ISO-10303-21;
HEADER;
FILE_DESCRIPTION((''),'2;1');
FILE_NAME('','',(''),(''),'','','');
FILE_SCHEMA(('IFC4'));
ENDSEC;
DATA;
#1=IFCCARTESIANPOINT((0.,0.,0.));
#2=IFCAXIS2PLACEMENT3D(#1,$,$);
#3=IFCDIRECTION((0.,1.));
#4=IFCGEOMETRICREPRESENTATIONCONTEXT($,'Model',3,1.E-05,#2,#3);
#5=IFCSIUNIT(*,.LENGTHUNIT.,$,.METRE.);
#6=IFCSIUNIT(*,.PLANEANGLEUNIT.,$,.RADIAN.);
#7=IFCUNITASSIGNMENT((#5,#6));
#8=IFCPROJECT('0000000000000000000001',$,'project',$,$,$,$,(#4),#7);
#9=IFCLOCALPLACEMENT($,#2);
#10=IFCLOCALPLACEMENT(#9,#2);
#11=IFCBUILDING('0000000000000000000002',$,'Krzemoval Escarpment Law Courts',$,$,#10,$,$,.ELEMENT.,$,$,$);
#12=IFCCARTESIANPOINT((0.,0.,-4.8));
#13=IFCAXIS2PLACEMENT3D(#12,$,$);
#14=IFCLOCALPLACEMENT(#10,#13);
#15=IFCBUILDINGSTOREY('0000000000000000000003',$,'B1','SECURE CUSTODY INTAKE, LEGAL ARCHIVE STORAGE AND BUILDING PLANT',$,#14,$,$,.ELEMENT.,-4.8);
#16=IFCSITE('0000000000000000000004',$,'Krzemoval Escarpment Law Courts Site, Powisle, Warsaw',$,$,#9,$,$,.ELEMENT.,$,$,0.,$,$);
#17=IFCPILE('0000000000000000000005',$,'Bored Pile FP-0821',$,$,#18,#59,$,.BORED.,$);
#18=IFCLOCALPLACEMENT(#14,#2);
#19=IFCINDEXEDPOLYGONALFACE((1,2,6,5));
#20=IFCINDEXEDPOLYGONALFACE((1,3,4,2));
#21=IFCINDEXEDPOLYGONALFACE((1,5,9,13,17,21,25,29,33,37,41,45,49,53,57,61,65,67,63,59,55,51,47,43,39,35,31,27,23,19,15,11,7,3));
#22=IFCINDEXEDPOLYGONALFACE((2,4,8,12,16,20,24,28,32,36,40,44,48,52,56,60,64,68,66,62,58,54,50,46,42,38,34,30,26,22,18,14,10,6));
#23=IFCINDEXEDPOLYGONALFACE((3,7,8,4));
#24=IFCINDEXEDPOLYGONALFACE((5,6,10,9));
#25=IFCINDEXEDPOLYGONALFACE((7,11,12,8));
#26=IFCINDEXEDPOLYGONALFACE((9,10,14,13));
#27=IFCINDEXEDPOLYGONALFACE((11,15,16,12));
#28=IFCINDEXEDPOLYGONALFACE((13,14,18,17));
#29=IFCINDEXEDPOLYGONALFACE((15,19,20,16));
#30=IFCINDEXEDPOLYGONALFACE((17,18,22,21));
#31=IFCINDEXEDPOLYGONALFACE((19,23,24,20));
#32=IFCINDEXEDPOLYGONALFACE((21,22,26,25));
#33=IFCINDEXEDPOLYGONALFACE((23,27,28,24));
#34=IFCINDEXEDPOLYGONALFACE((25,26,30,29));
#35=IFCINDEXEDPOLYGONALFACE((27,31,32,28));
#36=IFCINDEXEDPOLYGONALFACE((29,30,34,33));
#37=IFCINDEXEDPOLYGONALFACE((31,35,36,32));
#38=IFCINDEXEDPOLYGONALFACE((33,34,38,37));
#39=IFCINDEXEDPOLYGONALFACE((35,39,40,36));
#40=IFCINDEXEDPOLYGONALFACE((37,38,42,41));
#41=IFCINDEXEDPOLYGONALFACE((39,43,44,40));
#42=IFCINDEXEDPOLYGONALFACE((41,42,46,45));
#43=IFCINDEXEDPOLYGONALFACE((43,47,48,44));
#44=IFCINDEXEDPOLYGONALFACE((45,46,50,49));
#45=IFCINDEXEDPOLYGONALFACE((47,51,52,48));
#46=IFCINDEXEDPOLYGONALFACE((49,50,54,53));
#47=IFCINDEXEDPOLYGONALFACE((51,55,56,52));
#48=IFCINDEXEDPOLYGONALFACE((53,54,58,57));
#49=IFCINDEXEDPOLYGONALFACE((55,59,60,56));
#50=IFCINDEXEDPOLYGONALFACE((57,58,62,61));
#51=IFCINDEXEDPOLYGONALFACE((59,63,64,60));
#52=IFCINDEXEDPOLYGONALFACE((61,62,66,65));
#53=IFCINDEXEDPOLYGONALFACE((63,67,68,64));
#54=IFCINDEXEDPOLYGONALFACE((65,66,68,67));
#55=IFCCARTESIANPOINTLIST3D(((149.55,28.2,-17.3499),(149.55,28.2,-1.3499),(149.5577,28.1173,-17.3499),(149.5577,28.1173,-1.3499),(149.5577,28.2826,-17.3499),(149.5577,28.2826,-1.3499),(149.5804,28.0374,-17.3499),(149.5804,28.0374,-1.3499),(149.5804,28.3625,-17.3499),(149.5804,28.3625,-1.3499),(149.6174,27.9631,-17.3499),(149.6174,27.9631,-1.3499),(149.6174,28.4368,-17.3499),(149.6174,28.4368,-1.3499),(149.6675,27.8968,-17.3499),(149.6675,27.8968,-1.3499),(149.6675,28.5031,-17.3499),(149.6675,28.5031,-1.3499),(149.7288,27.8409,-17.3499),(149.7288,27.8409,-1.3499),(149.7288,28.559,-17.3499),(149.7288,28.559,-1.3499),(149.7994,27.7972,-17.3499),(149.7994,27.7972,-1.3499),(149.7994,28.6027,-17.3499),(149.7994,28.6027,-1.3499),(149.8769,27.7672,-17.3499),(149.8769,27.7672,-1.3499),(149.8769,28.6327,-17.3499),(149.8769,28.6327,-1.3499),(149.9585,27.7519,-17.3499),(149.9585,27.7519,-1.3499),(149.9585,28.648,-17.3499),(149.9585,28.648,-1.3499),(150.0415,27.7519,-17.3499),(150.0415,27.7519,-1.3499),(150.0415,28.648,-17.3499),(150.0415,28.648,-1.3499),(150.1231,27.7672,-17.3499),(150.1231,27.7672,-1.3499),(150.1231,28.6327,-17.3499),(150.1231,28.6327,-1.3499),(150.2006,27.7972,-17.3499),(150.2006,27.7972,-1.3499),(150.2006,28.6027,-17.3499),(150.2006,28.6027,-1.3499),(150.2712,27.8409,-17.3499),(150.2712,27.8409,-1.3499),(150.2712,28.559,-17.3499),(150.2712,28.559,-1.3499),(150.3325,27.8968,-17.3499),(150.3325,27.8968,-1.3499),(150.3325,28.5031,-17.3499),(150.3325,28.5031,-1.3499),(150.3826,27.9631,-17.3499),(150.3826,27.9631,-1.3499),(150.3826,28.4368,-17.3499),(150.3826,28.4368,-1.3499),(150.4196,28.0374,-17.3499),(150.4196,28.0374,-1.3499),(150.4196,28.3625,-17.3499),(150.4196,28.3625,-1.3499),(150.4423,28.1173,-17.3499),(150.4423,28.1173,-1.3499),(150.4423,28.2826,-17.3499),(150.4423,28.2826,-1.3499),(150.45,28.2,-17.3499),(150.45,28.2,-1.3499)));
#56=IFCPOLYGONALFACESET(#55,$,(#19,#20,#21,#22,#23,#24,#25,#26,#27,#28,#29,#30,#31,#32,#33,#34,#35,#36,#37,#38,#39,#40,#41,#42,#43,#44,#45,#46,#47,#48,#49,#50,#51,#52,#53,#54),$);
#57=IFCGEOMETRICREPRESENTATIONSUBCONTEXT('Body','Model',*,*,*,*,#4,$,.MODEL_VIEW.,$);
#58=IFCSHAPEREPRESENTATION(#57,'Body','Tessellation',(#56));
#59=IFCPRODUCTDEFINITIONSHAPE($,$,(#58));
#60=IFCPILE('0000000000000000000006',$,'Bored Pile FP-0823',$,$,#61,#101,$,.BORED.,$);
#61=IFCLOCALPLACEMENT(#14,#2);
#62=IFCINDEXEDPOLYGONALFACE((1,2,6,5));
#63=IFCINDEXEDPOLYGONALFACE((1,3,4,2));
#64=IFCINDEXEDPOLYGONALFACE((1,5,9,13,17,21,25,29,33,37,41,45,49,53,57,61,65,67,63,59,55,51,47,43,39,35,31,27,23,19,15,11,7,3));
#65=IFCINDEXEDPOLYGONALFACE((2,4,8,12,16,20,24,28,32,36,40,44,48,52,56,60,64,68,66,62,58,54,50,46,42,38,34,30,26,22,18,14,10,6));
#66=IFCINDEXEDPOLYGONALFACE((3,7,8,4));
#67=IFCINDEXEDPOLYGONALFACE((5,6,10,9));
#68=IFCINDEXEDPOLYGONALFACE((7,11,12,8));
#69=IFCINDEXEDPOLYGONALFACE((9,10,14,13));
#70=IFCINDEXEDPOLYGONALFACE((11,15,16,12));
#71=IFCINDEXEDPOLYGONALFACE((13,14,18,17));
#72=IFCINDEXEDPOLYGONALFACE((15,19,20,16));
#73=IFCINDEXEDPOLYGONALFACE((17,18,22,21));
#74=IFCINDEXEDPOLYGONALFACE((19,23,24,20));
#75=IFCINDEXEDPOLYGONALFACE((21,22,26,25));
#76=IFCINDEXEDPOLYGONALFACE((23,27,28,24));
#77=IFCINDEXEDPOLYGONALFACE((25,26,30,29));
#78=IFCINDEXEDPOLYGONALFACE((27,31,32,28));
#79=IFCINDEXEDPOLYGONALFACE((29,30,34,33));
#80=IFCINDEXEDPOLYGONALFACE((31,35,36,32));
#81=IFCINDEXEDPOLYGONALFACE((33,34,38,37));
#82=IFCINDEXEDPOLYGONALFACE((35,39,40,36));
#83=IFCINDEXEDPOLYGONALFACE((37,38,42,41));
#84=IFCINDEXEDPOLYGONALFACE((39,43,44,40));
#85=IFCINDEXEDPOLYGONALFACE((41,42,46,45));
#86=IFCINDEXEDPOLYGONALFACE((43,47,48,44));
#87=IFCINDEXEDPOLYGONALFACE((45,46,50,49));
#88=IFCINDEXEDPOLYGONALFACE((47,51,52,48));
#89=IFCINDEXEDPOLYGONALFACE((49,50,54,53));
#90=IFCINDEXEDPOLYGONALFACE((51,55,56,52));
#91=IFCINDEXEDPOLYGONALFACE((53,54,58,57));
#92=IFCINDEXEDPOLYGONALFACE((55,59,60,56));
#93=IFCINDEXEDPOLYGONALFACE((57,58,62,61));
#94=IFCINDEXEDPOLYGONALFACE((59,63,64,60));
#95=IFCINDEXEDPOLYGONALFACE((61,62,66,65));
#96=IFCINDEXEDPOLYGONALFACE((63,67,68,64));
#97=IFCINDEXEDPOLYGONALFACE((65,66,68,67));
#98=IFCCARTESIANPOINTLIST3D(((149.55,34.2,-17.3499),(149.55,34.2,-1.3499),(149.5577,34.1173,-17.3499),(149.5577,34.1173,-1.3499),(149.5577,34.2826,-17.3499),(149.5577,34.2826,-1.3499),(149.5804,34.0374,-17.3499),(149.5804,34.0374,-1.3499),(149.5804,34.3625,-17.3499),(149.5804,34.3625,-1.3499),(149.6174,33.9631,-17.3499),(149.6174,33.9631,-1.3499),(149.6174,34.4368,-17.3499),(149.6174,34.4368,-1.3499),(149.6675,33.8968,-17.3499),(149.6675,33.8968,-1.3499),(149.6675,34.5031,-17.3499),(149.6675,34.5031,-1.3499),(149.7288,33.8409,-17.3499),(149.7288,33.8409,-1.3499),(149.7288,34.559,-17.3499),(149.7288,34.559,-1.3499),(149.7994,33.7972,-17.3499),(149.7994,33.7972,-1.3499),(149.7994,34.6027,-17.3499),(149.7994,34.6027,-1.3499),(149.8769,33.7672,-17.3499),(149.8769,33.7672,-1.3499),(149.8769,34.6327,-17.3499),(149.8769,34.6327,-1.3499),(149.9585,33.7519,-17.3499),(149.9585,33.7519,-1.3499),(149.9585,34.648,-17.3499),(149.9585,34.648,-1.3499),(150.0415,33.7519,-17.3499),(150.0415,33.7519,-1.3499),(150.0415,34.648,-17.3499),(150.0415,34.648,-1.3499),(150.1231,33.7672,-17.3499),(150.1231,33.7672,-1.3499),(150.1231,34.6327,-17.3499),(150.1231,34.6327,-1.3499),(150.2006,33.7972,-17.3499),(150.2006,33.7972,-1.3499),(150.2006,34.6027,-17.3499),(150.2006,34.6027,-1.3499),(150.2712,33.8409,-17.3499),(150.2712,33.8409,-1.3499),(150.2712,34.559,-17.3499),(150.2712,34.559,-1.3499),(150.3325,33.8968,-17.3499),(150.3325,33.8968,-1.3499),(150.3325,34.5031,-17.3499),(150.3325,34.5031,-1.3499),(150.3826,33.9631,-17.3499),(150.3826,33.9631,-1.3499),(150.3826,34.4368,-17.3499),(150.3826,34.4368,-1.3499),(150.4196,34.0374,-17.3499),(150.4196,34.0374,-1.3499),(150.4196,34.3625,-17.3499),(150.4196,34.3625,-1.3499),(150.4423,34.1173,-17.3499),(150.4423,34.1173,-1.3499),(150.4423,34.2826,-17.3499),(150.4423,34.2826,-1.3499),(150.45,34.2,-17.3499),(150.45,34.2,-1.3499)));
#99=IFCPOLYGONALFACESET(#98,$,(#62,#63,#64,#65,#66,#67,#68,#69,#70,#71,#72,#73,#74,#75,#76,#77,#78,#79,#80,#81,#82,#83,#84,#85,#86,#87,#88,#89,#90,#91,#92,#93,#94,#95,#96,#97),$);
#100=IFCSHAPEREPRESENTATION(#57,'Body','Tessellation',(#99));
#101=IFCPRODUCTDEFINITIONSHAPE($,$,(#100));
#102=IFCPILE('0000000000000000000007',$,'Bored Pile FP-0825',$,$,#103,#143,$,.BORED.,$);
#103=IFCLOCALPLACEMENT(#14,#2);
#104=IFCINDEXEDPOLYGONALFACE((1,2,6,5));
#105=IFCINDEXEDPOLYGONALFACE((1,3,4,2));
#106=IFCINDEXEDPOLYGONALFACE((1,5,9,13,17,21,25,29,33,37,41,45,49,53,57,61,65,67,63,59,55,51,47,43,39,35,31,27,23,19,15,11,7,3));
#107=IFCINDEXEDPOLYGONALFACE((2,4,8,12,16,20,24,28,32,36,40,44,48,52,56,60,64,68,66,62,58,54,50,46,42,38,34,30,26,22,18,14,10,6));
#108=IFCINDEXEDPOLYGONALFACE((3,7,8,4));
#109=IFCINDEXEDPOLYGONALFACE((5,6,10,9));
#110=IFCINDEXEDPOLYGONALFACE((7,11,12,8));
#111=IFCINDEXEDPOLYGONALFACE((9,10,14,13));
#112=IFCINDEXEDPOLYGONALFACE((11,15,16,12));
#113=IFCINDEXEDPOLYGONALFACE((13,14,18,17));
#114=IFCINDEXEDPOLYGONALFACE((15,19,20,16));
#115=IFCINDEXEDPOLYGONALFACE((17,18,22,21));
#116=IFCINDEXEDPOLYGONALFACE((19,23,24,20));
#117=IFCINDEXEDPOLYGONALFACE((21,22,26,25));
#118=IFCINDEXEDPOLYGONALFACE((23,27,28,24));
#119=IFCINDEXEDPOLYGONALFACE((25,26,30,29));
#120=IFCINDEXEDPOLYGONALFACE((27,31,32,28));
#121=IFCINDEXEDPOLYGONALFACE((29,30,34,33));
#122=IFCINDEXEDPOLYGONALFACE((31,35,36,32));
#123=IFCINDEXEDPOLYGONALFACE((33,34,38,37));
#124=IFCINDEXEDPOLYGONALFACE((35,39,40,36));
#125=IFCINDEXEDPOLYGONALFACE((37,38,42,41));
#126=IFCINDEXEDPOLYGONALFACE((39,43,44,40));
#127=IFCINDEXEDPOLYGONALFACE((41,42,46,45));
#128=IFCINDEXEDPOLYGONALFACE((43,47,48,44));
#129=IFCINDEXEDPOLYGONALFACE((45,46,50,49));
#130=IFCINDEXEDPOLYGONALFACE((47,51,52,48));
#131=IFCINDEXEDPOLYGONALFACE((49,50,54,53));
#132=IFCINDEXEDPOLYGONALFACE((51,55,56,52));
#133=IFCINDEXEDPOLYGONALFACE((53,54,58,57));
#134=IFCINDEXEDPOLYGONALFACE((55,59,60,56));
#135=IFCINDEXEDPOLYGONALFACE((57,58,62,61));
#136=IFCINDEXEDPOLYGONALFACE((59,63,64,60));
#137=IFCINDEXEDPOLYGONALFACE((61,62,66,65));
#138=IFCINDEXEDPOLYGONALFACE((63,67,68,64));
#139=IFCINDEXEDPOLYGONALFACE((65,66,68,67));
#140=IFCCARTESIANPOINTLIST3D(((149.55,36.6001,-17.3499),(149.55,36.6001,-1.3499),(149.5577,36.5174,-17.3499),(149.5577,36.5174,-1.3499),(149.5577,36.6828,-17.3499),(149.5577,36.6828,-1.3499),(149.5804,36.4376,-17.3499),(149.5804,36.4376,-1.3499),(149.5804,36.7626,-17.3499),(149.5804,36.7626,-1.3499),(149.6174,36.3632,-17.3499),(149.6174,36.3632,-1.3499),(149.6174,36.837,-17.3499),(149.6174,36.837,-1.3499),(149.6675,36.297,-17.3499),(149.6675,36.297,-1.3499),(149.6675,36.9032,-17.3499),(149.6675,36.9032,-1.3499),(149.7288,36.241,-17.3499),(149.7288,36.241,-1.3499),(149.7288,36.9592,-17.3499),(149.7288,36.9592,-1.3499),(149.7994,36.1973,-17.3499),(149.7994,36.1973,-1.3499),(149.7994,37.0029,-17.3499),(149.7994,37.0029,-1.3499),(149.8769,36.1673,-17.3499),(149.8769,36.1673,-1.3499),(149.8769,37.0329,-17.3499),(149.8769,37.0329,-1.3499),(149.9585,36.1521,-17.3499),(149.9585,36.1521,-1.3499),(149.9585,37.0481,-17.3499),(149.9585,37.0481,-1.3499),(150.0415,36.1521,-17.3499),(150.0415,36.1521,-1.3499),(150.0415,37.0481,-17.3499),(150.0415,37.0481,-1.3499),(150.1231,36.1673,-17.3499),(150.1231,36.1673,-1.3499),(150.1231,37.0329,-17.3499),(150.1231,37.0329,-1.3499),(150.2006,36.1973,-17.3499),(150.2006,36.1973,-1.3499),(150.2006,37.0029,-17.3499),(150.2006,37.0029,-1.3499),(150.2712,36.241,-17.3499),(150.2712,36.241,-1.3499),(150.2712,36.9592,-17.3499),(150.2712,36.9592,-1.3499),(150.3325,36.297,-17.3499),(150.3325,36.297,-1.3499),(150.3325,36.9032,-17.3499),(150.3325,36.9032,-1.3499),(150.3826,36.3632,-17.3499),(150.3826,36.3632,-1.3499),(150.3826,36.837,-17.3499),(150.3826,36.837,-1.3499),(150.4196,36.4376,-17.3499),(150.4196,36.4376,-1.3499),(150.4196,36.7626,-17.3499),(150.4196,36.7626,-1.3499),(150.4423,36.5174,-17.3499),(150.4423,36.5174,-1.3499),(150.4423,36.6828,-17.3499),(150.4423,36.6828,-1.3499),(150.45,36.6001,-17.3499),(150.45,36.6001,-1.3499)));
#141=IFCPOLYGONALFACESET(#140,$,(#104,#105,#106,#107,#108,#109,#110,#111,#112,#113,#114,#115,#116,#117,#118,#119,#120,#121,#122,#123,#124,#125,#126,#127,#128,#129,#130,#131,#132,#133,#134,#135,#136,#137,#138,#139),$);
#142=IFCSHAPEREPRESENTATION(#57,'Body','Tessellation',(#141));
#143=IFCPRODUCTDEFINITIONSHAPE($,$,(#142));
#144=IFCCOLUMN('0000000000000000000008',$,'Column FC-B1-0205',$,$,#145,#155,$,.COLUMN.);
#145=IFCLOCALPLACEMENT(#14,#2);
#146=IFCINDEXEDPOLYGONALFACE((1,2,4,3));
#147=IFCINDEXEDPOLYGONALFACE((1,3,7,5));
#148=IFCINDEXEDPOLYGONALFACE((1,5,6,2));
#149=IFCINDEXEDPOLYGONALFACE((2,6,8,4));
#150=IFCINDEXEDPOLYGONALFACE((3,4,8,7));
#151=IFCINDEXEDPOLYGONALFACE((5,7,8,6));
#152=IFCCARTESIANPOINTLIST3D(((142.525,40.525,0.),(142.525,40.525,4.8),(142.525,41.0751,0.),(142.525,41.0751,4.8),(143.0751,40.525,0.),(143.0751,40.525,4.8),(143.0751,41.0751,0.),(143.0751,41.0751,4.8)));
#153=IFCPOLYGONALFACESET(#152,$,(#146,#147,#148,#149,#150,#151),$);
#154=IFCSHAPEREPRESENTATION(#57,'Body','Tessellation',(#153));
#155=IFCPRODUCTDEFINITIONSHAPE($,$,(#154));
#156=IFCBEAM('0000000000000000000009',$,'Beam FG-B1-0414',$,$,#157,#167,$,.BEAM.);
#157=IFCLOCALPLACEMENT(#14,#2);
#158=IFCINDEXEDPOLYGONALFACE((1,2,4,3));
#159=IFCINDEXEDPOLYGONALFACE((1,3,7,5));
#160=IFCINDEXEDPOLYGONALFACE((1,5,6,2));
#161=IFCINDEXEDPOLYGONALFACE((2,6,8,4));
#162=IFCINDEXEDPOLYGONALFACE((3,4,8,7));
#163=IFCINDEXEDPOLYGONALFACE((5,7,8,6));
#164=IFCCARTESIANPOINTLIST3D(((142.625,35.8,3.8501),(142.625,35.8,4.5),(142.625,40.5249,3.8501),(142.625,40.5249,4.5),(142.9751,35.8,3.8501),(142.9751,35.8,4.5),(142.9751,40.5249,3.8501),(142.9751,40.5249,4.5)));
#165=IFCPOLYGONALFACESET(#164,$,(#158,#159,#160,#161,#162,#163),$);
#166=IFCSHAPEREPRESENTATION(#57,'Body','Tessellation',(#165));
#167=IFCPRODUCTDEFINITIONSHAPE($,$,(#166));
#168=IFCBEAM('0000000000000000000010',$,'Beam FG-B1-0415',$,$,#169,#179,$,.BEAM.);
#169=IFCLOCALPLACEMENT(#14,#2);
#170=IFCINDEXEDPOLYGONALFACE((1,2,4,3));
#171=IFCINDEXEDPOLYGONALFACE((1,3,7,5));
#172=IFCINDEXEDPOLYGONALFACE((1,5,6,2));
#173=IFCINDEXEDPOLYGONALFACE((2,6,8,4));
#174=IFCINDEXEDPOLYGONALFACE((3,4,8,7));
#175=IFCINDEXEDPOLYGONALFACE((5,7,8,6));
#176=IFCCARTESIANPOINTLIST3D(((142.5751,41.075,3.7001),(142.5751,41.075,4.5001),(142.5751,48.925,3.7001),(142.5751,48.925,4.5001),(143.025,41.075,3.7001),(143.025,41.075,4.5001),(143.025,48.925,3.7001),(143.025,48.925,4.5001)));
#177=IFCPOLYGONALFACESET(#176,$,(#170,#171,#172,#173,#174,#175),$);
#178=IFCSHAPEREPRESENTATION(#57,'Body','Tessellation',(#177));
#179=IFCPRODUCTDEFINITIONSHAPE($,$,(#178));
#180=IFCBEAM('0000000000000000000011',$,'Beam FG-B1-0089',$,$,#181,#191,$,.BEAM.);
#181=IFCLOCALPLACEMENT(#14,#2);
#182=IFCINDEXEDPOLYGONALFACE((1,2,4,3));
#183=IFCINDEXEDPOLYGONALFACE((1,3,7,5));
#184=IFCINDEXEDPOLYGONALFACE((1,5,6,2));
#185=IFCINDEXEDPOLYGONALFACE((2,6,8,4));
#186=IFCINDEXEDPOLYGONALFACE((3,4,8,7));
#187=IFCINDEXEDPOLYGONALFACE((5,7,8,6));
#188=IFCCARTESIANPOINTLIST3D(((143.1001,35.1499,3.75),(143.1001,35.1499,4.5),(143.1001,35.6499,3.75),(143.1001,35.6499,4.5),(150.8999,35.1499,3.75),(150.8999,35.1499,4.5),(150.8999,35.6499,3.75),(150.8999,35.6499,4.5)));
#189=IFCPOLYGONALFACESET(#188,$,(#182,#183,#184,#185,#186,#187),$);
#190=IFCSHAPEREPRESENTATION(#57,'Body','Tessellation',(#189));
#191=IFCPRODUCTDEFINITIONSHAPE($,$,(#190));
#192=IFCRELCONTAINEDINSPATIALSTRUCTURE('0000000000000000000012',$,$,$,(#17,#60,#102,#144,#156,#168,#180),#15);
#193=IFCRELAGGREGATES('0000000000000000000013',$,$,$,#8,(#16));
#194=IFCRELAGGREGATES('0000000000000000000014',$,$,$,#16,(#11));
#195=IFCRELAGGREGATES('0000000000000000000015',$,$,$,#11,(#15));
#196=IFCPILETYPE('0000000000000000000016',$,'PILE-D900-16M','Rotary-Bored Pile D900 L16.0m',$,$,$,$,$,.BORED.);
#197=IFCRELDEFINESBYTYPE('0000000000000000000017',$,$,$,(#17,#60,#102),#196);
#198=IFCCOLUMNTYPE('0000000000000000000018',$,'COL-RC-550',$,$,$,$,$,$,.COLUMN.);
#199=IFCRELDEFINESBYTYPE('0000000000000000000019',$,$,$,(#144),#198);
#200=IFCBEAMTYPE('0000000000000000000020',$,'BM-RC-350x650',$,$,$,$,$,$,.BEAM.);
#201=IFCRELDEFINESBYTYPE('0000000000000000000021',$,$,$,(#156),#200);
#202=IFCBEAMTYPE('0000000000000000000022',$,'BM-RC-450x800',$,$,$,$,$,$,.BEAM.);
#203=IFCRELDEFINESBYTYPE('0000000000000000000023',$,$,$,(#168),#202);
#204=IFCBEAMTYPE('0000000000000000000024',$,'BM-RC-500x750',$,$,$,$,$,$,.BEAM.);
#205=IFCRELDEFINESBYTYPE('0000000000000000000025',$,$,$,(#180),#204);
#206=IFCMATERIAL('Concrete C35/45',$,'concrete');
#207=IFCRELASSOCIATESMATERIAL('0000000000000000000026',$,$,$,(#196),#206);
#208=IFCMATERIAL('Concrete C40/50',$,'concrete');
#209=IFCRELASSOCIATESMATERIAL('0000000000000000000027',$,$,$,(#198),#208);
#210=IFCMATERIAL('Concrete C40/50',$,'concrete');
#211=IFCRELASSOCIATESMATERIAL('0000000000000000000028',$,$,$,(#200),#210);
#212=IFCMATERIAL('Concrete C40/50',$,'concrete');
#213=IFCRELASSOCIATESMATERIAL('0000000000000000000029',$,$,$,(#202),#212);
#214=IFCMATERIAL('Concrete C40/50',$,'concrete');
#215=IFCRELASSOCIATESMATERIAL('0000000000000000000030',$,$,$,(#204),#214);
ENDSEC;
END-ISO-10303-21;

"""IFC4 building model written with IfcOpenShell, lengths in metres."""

from ifc_helpers import new_model, si_unit, direction, frame, origin, origin_2d, place, context, subcontext, project, spatial, rectangle, circle, extrude, material, material_profile, profile_set, type_object, element, save


model = new_model("IFC4")

# Units and contexts
model_context = context("Model", 3, precision=1e-05, world=origin(), true_north=direction((0.0, 1.0)))
body_context = subcontext(model_context, "Body", "Model", "MODEL_VIEW")
ifc_project = project(units=[si_unit("LENGTHUNIT", "METRE"), si_unit("PLANEANGLEUNIT", "RADIAN")], contexts=[model_context])

# Site, building, storey
site_placement = place(None, origin())
site = spatial("IfcSite", under=ifc_project, at=site_placement, Name="Krzemoval Escarpment Law Courts Site, Powisle, Warsaw", CompositionType="ELEMENT", RefElevation=0.0)
building_placement = place(site_placement, origin())
building = spatial("IfcBuilding", under=site, at=building_placement, Name="Krzemoval Escarpment Law Courts", CompositionType="ELEMENT")
storey_placement = place(building_placement, frame((0.0, 0.0, -4.8)))
storey = spatial("IfcBuildingStorey", under=building, at=storey_placement, Name="B1", Description="SECURE CUSTODY INTAKE, LEGAL ARCHIVE STORAGE AND BUILDING PLANT", CompositionType="ELEMENT", Elevation=-4.8)

# Piles
ifc_material_1 = material(Name="Concrete C35/45", Category="concrete")
ifc_material_profile_1 = material_profile(ifc_material_1, circle(Radius=0.45, at=origin_2d()), Name="PILE D900")
ifc_profile_set_1 = profile_set([ifc_material_profile_1], Name="Concrete C35/45")
pile_type_1 = type_object("IfcPileType", Name="PILE-D900-16M", Description="Rotary-Bored Pile D900 L16.0m", PredefinedType="BORED", material=ifc_profile_set_1)
for number, where, z_axis, x_axis, name in (
    (1, (150.0, 28.2, -1.3499), (0.0, 0.0, -1.0), (1.0, 0.0, 0.0), "Bored Pile FP-0821"),
    (2, (150.0, 34.2, -1.3499), (0.0, 0.0, -1.0), (1.0, 0.0, 0.0), "Bored Pile FP-0823"),
    (3, (150.0, 36.6001, -1.3499), (0.0, 0.0, -1.0), (1.0, 0.0, 0.0), "Bored Pile FP-0825"),
):
    element("IfcPile", number, at=place(storey_placement, frame(where, z_axis=z_axis, x_axis=x_axis)), inside=storey, type_object=pile_type_1, Name=name, PredefinedType="BORED", context=body_context, shape_type="SweptSolid", body=[
        extrude(circle(Radius=0.45, at=origin_2d()), origin(), (0.0, 0.0, 1.0), 16.0),
    ])

# Column
ifc_material_2 = material(Name="Concrete C40/50", Category="concrete")
ifc_material_profile_2 = material_profile(ifc_material_2, rectangle(XDim=0.55, YDim=0.55, at=origin_2d()), Name="RC 550x550")
ifc_profile_set_2 = profile_set([ifc_material_profile_2], Name="Concrete C40/50")
column_type = type_object("IfcColumnType", Name="COL-RC-550", PredefinedType="COLUMN", material=ifc_profile_set_2)
column_placement = place(storey_placement, frame((142.8, 40.8, 0.0), z_axis=(0.0, 0.0, 1.0), x_axis=(1.0, 0.0, 0.0)))
element("IfcColumn", 4, at=column_placement, inside=storey, type_object=column_type, Name="Column FC-B1-0205", PredefinedType="COLUMN", context=body_context, shape_type="SweptSolid", body=[
    extrude(rectangle(XDim=0.55, YDim=0.55, at=origin_2d()), origin(), (0.0, 0.0, 1.0), 4.8),
])

# Beams
ifc_material_3 = material(Name="Concrete C40/50", Category="concrete")
ifc_material_profile_3 = material_profile(ifc_material_3, rectangle(XDim=0.3501, YDim=0.6499, at=origin_2d()), Name="RCB 350x650")
ifc_profile_set_3 = profile_set([ifc_material_profile_3], Name="Concrete C40/50")
beam_type_1 = type_object("IfcBeamType", Name="BM-RC-350x650", PredefinedType="BEAM", material=ifc_profile_set_3)
beam_1_placement = place(storey_placement, frame((142.8, 35.8, 4.175), z_axis=(0.0, 1.0, 0.0), x_axis=(-1.0, 0.0, 0.0)))
element("IfcBeam", 5, at=beam_1_placement, inside=storey, type_object=beam_type_1, Name="Beam FG-B1-0414", PredefinedType="BEAM", context=body_context, shape_type="SweptSolid", body=[
    extrude(rectangle(XDim=0.3501, YDim=0.6499, at=origin_2d()), origin(), (0.0, 0.0, 1.0), 4.7249),
])
ifc_material_4 = material(Name="Concrete C40/50", Category="concrete")
ifc_material_profile_4 = material_profile(ifc_material_4, rectangle(XDim=0.45, YDim=0.8, at=origin_2d()), Name="RCB 450x800")
ifc_profile_set_4 = profile_set([ifc_material_profile_4], Name="Concrete C40/50")
beam_type_2 = type_object("IfcBeamType", Name="BM-RC-450x800", PredefinedType="BEAM", material=ifc_profile_set_4)
beam_2_placement = place(storey_placement, frame((142.8, 41.075, 4.1001), z_axis=(0.0, 1.0, 0.0), x_axis=(-1.0, 0.0, 0.0)))
element("IfcBeam", 6, at=beam_2_placement, inside=storey, type_object=beam_type_2, Name="Beam FG-B1-0415", PredefinedType="BEAM", context=body_context, shape_type="SweptSolid", body=[
    extrude(rectangle(XDim=0.45, YDim=0.8, at=origin_2d()), origin(), (0.0, 0.0, 1.0), 7.8501),
])
ifc_material_5 = material(Name="Concrete C40/50", Category="concrete")
ifc_material_profile_5 = material_profile(ifc_material_5, rectangle(XDim=0.5, YDim=0.75, at=origin_2d()), Name="RCB 500x750")
ifc_profile_set_5 = profile_set([ifc_material_profile_5], Name="Concrete C40/50")
beam_type_3 = type_object("IfcBeamType", Name="BM-RC-500x750", PredefinedType="BEAM", material=ifc_profile_set_5)
beam_3_placement = place(storey_placement, frame((143.1001, 35.3999, 4.125), z_axis=(1.0, 0.0, 0.0), x_axis=(0.0, 1.0, 0.0)))
element("IfcBeam", 7, at=beam_3_placement, inside=storey, type_object=beam_type_3, Name="Beam FG-B1-0089", PredefinedType="BEAM", context=body_context, shape_type="SweptSolid", body=[
    extrude(rectangle(XDim=0.5, YDim=0.75, at=origin_2d()), origin(), (0.0, 0.0, 1.0), 7.7998),
])

save(model, "model.ifc")
